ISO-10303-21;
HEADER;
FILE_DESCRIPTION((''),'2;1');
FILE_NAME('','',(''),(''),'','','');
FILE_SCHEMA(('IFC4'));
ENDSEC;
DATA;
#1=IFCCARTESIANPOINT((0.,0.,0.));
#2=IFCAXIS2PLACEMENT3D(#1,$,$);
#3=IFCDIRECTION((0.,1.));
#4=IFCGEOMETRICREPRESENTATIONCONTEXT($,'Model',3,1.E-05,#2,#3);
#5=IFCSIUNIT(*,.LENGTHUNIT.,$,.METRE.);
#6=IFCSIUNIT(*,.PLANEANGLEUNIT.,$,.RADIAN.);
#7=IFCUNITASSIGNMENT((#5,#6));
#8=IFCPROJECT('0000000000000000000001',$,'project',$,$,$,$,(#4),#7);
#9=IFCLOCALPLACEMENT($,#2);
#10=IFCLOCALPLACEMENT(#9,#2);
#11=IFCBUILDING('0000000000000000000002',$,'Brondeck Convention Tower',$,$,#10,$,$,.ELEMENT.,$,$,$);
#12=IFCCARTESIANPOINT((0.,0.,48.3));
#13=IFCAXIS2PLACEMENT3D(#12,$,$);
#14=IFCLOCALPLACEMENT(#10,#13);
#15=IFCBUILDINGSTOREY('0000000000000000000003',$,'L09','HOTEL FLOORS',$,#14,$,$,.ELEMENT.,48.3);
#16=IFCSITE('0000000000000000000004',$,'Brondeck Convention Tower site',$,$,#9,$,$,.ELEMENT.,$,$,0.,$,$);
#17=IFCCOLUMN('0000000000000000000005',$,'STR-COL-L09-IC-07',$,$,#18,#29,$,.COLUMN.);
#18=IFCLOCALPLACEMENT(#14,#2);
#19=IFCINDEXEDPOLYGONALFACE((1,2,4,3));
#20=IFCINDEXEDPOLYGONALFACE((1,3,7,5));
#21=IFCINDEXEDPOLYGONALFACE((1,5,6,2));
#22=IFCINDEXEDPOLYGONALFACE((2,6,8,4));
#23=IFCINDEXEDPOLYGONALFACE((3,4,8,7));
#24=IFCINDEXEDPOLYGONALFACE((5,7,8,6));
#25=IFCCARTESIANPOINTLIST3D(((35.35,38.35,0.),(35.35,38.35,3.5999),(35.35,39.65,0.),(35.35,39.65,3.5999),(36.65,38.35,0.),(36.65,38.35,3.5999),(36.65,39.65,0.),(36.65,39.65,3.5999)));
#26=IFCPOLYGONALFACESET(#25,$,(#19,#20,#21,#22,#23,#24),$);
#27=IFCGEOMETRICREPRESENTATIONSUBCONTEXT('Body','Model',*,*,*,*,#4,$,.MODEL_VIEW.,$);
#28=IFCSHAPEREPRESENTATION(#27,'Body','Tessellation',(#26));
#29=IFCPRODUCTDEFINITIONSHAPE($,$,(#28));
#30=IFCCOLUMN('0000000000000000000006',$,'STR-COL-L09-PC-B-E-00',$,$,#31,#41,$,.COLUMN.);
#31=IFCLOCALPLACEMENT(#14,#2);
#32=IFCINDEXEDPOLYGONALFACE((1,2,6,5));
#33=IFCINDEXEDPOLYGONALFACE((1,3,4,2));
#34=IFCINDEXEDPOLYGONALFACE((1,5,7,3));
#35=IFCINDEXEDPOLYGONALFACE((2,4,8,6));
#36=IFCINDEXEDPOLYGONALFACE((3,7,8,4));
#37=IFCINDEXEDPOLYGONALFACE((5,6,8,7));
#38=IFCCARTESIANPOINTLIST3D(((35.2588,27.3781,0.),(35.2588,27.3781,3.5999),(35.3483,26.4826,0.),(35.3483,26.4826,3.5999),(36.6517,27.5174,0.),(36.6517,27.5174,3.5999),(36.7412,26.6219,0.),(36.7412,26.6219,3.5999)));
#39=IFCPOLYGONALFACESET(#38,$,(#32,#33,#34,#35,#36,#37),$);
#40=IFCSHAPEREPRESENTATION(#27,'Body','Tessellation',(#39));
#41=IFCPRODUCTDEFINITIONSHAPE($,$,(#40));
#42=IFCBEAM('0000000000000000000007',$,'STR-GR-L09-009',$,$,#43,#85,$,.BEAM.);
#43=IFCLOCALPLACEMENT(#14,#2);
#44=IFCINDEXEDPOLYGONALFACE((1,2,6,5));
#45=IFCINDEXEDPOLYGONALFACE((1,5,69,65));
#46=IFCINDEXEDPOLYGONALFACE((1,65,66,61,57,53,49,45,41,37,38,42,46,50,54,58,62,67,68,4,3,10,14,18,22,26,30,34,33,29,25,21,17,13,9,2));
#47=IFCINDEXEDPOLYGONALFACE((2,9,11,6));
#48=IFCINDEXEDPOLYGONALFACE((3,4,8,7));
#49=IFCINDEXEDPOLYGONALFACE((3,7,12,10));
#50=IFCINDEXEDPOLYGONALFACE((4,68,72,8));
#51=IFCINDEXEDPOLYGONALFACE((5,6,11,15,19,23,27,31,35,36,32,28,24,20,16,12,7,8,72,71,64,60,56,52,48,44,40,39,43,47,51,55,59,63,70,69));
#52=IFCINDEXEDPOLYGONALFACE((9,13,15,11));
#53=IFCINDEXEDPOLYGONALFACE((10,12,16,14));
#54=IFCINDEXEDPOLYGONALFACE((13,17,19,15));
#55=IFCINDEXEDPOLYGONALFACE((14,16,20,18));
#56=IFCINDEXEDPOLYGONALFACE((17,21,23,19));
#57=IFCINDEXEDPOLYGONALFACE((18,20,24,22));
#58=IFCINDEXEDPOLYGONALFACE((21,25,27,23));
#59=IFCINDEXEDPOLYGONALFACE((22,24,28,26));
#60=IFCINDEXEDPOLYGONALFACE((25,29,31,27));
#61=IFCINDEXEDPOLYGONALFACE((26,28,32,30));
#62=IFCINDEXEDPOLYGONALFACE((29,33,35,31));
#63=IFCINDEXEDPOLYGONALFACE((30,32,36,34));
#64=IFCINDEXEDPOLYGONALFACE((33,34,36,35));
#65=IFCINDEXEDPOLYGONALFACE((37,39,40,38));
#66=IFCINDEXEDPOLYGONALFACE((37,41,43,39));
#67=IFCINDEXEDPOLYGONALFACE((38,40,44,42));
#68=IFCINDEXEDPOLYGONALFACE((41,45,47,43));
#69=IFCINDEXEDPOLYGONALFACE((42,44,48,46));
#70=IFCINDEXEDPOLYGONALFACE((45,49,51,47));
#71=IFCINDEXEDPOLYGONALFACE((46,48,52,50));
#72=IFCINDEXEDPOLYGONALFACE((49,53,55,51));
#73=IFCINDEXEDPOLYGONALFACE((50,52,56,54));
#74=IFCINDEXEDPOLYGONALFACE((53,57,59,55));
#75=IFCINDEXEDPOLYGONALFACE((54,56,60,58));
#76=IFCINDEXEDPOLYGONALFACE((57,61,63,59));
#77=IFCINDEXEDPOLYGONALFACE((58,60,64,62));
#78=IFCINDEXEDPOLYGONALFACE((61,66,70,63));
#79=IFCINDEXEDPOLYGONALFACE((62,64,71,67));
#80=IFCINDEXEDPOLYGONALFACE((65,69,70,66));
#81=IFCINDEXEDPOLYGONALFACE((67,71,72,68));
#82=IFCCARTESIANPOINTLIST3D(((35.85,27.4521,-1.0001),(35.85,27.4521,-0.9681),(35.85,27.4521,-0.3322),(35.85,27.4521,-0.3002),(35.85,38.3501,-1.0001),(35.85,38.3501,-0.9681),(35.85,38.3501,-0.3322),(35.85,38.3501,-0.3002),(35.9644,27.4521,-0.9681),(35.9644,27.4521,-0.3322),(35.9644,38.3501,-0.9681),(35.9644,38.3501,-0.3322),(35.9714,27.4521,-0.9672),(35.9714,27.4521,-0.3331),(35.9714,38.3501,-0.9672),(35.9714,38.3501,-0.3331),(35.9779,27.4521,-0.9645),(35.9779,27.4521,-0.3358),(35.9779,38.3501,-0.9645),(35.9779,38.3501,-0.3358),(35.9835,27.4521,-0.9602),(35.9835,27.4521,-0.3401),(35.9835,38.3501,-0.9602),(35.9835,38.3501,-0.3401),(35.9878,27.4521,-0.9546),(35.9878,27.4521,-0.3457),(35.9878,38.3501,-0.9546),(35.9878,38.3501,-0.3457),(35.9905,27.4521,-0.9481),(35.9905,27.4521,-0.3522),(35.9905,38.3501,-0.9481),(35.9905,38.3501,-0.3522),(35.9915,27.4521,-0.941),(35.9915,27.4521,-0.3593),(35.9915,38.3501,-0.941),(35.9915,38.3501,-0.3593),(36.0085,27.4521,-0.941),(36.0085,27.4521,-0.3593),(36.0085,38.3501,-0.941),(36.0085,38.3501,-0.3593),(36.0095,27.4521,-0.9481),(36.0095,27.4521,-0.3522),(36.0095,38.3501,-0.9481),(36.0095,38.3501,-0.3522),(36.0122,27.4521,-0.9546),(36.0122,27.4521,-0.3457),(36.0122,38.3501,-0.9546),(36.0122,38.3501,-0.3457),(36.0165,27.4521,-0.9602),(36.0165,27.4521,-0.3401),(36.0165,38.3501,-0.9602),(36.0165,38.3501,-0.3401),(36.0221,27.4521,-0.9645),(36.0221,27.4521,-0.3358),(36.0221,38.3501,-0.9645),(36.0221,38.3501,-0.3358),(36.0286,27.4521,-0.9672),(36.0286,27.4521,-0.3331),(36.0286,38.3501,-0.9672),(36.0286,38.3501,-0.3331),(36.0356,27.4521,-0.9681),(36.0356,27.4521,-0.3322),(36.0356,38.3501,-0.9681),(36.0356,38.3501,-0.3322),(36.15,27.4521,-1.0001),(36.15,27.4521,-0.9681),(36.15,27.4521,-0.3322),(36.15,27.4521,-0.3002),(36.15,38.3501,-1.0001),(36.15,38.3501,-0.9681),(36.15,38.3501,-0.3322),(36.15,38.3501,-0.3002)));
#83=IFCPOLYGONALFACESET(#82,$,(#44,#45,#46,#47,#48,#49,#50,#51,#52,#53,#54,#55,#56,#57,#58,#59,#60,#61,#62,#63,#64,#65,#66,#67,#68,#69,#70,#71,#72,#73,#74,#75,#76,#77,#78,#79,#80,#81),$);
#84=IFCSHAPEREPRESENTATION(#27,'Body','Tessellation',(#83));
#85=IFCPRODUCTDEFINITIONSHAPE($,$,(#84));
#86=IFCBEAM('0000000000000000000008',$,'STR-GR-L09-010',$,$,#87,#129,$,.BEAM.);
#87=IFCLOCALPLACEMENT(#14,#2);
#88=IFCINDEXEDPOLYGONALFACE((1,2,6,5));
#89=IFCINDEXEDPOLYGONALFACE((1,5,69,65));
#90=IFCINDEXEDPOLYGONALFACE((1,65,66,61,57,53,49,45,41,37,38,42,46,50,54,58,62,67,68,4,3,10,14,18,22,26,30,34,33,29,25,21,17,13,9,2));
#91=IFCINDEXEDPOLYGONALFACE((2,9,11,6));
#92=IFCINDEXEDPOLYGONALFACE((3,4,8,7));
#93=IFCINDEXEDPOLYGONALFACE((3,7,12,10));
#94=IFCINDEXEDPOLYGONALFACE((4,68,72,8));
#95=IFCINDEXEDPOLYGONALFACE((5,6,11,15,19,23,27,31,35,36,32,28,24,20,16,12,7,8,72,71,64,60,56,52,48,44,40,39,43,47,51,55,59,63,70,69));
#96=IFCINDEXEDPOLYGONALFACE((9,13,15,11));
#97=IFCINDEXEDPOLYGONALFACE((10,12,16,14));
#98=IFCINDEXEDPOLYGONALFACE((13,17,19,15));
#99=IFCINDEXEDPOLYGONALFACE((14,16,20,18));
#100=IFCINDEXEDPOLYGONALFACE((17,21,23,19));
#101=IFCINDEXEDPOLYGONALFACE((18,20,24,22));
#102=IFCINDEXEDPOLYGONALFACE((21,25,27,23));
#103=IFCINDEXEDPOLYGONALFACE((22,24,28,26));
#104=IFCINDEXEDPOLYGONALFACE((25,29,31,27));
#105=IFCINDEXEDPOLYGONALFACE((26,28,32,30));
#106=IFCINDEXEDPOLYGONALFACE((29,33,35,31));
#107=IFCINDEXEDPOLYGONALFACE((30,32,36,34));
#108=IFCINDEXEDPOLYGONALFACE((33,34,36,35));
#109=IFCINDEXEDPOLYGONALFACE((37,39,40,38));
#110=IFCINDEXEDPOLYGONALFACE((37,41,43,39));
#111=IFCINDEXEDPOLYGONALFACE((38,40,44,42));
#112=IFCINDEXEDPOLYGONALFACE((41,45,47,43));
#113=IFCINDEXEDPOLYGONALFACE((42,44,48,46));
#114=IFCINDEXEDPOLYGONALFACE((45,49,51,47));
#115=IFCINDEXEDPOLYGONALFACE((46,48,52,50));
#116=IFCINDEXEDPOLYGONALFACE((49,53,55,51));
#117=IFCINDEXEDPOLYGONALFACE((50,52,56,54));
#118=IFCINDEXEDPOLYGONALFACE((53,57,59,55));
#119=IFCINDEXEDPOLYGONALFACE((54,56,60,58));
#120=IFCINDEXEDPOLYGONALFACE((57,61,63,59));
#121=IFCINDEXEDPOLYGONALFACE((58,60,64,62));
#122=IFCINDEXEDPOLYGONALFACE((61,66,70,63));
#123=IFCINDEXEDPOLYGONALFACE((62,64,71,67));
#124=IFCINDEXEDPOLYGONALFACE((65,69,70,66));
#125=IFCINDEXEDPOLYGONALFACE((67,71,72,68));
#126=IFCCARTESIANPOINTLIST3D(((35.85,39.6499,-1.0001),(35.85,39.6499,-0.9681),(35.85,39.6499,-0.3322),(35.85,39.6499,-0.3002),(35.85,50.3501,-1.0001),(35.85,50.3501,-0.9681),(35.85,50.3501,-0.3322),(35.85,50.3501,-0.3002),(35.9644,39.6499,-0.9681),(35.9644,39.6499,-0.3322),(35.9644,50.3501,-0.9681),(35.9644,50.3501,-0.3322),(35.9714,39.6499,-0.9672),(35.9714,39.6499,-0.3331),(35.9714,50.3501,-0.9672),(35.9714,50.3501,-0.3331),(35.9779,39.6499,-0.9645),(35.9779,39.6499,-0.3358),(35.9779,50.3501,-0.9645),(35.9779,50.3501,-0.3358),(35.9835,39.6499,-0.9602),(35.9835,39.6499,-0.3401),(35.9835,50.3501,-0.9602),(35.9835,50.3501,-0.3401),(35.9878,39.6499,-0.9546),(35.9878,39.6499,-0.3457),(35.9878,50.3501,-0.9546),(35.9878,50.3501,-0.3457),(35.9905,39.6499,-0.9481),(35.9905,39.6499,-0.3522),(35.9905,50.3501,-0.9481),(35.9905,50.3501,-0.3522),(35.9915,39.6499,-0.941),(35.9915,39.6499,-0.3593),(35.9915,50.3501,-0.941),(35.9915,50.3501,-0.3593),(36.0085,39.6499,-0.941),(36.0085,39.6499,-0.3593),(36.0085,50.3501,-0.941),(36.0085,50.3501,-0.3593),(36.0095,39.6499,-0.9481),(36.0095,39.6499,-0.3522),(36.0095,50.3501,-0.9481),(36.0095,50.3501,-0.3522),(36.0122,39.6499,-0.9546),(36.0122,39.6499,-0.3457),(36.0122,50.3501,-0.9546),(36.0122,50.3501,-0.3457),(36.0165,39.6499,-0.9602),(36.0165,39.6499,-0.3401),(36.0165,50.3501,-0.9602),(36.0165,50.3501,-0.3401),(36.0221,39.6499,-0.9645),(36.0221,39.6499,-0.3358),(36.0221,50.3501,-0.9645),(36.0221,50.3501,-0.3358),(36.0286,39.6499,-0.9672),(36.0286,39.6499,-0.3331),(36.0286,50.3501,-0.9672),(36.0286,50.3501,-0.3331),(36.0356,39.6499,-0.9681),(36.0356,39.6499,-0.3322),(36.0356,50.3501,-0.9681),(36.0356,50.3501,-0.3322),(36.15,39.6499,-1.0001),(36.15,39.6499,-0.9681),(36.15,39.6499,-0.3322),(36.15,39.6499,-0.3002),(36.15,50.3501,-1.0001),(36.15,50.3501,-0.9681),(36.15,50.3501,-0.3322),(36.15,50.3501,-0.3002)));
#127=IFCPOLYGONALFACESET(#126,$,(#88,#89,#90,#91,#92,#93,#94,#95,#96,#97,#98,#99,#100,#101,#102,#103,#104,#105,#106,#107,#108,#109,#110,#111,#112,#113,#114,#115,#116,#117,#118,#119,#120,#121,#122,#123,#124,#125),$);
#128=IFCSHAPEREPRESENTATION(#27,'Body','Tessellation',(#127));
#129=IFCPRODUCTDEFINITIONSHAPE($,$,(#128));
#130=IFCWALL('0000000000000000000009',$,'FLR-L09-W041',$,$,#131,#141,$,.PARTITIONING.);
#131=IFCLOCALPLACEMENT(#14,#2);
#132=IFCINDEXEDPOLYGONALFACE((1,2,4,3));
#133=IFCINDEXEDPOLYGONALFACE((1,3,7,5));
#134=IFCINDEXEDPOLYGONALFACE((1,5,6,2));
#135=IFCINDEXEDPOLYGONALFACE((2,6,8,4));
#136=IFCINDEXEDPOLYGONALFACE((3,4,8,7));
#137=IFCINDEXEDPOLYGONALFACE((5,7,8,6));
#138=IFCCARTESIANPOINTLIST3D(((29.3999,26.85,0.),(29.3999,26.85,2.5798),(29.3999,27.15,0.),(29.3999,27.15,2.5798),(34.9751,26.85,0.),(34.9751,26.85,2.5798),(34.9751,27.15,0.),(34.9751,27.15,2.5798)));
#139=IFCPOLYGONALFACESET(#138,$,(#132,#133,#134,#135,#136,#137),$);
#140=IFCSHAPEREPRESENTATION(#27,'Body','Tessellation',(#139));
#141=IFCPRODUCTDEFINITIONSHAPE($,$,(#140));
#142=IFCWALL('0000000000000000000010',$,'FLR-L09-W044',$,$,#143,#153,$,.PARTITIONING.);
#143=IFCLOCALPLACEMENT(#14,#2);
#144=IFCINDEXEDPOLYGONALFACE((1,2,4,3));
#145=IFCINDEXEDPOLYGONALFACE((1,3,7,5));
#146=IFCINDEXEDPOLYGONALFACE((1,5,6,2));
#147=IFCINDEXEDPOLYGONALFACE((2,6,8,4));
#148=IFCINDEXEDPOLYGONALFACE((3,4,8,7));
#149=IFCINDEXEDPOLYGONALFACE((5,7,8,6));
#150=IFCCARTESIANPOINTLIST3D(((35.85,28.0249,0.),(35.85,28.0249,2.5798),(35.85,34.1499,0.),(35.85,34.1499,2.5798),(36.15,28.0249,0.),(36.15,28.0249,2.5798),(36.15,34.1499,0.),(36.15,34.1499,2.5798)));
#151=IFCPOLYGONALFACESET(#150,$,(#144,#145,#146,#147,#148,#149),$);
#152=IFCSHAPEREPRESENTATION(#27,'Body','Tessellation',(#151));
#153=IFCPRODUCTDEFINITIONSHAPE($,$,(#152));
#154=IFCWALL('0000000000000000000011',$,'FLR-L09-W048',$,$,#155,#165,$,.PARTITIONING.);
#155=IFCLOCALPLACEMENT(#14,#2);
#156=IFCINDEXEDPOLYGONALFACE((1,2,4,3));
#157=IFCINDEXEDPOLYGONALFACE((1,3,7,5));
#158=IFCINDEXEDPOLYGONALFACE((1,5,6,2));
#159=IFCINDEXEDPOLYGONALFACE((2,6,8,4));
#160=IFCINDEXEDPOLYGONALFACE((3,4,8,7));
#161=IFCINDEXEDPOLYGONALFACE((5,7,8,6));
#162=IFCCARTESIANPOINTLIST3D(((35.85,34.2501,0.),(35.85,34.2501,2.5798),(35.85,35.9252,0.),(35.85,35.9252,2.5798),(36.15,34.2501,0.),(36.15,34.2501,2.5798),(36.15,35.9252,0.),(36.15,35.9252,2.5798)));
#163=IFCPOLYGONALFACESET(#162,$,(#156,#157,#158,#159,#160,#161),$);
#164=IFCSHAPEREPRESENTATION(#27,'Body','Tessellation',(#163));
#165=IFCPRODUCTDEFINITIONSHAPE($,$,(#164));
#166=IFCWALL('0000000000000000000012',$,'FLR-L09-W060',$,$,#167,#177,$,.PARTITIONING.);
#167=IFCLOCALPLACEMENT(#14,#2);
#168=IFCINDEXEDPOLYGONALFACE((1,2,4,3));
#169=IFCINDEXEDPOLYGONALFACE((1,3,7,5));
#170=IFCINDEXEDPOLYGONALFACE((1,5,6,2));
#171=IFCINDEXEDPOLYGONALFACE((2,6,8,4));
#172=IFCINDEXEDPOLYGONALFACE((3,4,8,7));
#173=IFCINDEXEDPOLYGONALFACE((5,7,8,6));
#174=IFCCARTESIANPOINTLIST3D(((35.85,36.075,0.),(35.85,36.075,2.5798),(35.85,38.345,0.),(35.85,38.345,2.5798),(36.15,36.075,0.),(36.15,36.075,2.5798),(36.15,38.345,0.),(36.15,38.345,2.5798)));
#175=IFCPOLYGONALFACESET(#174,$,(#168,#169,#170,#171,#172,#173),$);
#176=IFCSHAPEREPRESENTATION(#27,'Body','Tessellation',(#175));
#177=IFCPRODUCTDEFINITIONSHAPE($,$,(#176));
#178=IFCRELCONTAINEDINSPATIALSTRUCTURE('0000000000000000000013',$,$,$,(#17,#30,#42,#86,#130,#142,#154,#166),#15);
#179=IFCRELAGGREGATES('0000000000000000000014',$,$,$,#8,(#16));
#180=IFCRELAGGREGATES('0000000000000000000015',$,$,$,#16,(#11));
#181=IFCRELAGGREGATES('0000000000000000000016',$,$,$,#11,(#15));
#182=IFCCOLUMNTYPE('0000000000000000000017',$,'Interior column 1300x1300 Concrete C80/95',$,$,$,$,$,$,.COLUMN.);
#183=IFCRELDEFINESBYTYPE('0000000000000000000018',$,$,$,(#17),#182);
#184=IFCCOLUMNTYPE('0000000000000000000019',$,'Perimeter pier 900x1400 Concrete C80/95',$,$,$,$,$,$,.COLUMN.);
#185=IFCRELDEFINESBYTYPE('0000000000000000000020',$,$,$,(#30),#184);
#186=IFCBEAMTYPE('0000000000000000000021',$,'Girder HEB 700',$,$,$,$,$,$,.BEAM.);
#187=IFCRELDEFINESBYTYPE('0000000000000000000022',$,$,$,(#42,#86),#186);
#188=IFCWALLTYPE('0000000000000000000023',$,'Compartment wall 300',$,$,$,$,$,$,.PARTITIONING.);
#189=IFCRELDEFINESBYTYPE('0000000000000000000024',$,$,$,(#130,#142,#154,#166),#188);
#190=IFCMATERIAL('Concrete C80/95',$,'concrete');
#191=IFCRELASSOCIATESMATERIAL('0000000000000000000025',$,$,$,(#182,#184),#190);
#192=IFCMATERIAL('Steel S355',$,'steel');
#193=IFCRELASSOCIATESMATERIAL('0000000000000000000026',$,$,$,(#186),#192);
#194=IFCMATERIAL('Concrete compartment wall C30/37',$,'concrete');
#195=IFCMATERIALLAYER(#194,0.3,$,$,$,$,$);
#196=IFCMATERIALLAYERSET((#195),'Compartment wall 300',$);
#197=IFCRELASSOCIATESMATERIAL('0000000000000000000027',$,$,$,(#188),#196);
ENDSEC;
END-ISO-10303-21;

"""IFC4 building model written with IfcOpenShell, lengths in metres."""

from ifc_helpers import new_model, si_unit, direction, frame, frame_2d, origin, origin_2d, place, context, subcontext, project, spatial, rectangle, i_section, extrude, material, layer, layer_set, material_profile, profile_set, type_object, element, save


model = new_model("IFC4")

# Units and contexts
model_context = context("Model", 3, precision=1e-05, world=origin(), true_north=direction((0.0, 1.0)))
body_context = subcontext(model_context, "Body", "Model", "MODEL_VIEW")
ifc_project = project(units=[si_unit("LENGTHUNIT", "METRE"), si_unit("PLANEANGLEUNIT", "RADIAN")], contexts=[model_context])

# Site, building, storey
site_placement = place(None, origin())
site = spatial("IfcSite", under=ifc_project, at=site_placement, Name="Brondeck Convention Tower site", CompositionType="ELEMENT", RefElevation=0.0)
building_placement = place(site_placement, origin())
building = spatial("IfcBuilding", under=site, at=building_placement, Name="Brondeck Convention Tower", CompositionType="ELEMENT")
storey_placement = place(building_placement, frame((0.0, 0.0, 48.3)))
storey = spatial("IfcBuildingStorey", under=building, at=storey_placement, Name="L09", Description="HOTEL FLOORS", CompositionType="ELEMENT", Elevation=48.3)

# Columns
ifc_material_1 = material(Name="Concrete C80/95", Category="concrete")
ifc_material_profile_1 = material_profile(ifc_material_1, rectangle(XDim=1.3, YDim=1.3, at=origin_2d()), Name="Interior column 1300x1300 Concrete C80/95")
ifc_profile_set_1 = profile_set([ifc_material_profile_1], Name="Concrete C80/95")
column_type_1 = type_object("IfcColumnType", Name="Interior column 1300x1300 Concrete C80/95", PredefinedType="COLUMN", material=ifc_profile_set_1)
column_1_placement = place(storey_placement, frame((36.0, 39.0, 0.0), z_axis=(0.0, 0.0, 1.0), x_axis=(1.0, 0.0, 0.0)))
element("IfcColumn", 1, at=column_1_placement, inside=storey, type_object=column_type_1, Name="STR-COL-L09-IC-07", PredefinedType="COLUMN", context=body_context, shape_type="SweptSolid", body=[
    extrude(rectangle(XDim=1.3, YDim=1.3, at=origin_2d()), origin(), (0.0, 0.0, 1.0), 3.5999),
])
ifc_material_profile_2 = material_profile(ifc_material_1, rectangle(XDim=0.8999, YDim=1.3999, at=origin_2d()), Name="Perimeter pier 900x1400 Concrete C80/95")
ifc_profile_set_2 = profile_set([ifc_material_profile_2], Name="Concrete C80/95")
column_type_2 = type_object("IfcColumnType", Name="Perimeter pier 900x1400 Concrete C80/95", PredefinedType="COLUMN", material=ifc_profile_set_2)
column_2_placement = place(storey_placement, frame((36.0, 27.0, 0.0), z_axis=(0.0, 0.0, 1.0), x_axis=(-0.099504, 0.995037, 0.0)))
element("IfcColumn", 2, at=column_2_placement, inside=storey, type_object=column_type_2, Name="STR-COL-L09-PC-B-E-00", PredefinedType="COLUMN", context=body_context, shape_type="SweptSolid", body=[
    extrude(rectangle(XDim=0.8999, YDim=1.3999, at=origin_2d()), origin(), (0.0, 0.0, 1.0), 3.5999),
])

# Beams
ifc_material_2 = material(Name="Steel S355", Category="steel")
ifc_material_profile_3 = material_profile(ifc_material_2, i_section(OverallWidth=0.3, OverallDepth=0.7, WebThickness=0.0171, FlangeThickness=0.032, FilletRadius=0.0271, at=origin_2d()), Name="HEB 700")
ifc_profile_set_3 = profile_set([ifc_material_profile_3], Name="Steel S355")
beam_type = type_object("IfcBeamType", Name="Girder HEB 700", PredefinedType="BEAM", material=ifc_profile_set_3)
beam_1_placement = place(storey_placement, frame((36.0, 27.4521, -0.6501), z_axis=(0.0, 1.0, 0.0), x_axis=(-1.0, 0.0, 0.0)))
element("IfcBeam", 3, at=beam_1_placement, inside=storey, type_object=beam_type, Name="STR-GR-L09-009", PredefinedType="BEAM", context=body_context, shape_type="SweptSolid", body=[
    extrude(i_section(OverallWidth=0.3, OverallDepth=0.7, WebThickness=0.0171, FlangeThickness=0.032, FilletRadius=0.0271, at=origin_2d()), origin(), (0.0, 0.0, 1.0), 10.8979),
])
beam_2_placement = place(storey_placement, frame((36.0, 39.6499, -0.6501), z_axis=(0.0, 1.0, 0.0), x_axis=(-1.0, 0.0, 0.0)))
element("IfcBeam", 4, at=beam_2_placement, inside=storey, type_object=beam_type, Name="STR-GR-L09-010", PredefinedType="BEAM", context=body_context, shape_type="SweptSolid", body=[
    extrude(i_section(OverallWidth=0.3, OverallDepth=0.7, WebThickness=0.0171, FlangeThickness=0.032, FilletRadius=0.0271, at=origin_2d()), origin(), (0.0, 0.0, 1.0), 10.7002),
])

# Walls
ifc_material_3 = material(Name="Concrete compartment wall C30/37", Category="concrete")
ifc_layer_1 = layer(ifc_material_3, 0.3)
ifc_layer_set_1 = layer_set([ifc_layer_1], Name="Compartment wall 300")
wall_type_1 = type_object("IfcWallType", Name="Compartment wall 300", PredefinedType="PARTITIONING", material=ifc_layer_set_1)
wall_1_placement = place(storey_placement, frame((34.9751, 27.0, 0.0), z_axis=(0.0, 0.0, 1.0), x_axis=(-1.0, 0.0, 0.0)))
element("IfcWall", 5, at=wall_1_placement, inside=storey, type_object=wall_type_1, Name="FLR-L09-W041", PredefinedType="PARTITIONING", context=body_context, shape_type="SweptSolid", body=[
    extrude(rectangle(XDim=5.5752, YDim=0.3, at=frame_2d((2.7876, 0.0))), origin(), (0.0, 0.0, 1.0), 2.5798),
])
wall_2_placement = place(storey_placement, frame((36.0, 34.1499, 0.0), z_axis=(0.0, 0.0, 1.0), x_axis=(0.0, -1.0, 0.0)))
element("IfcWall", 6, at=wall_2_placement, inside=storey, type_object=wall_type_1, Name="FLR-L09-W044", PredefinedType="PARTITIONING", context=body_context, shape_type="SweptSolid", body=[
    extrude(rectangle(XDim=6.125, YDim=0.3, at=frame_2d((3.0625, 0.0))), origin(), (0.0, 0.0, 1.0), 2.5798),
])
wall_3_placement = place(storey_placement, frame((36.0, 35.925, 0.0), z_axis=(0.0, 0.0, 1.0), x_axis=(0.0, -1.0, 0.0)))
element("IfcWall", 7, at=wall_3_placement, inside=storey, type_object=wall_type_1, Name="FLR-L09-W048", PredefinedType="PARTITIONING", context=body_context, shape_type="SweptSolid", body=[
    extrude(rectangle(XDim=1.675, YDim=0.3, at=frame_2d((0.8374, 0.0))), origin(), (0.0, 0.0, 1.0), 2.5798),
])
wall_4_placement = place(storey_placement, frame((36.0, 38.345, 0.0), z_axis=(0.0, 0.0, 1.0), x_axis=(0.0, -1.0, 0.0)))
element("IfcWall", 8, at=wall_4_placement, inside=storey, type_object=wall_type_1, Name="FLR-L09-W060", PredefinedType="PARTITIONING", context=body_context, shape_type="SweptSolid", body=[
    extrude(rectangle(XDim=2.27, YDim=0.3, at=frame_2d((1.135, 0.0))), origin(), (0.0, 0.0, 1.0), 2.5798),
])

save(model, "model.ifc")
